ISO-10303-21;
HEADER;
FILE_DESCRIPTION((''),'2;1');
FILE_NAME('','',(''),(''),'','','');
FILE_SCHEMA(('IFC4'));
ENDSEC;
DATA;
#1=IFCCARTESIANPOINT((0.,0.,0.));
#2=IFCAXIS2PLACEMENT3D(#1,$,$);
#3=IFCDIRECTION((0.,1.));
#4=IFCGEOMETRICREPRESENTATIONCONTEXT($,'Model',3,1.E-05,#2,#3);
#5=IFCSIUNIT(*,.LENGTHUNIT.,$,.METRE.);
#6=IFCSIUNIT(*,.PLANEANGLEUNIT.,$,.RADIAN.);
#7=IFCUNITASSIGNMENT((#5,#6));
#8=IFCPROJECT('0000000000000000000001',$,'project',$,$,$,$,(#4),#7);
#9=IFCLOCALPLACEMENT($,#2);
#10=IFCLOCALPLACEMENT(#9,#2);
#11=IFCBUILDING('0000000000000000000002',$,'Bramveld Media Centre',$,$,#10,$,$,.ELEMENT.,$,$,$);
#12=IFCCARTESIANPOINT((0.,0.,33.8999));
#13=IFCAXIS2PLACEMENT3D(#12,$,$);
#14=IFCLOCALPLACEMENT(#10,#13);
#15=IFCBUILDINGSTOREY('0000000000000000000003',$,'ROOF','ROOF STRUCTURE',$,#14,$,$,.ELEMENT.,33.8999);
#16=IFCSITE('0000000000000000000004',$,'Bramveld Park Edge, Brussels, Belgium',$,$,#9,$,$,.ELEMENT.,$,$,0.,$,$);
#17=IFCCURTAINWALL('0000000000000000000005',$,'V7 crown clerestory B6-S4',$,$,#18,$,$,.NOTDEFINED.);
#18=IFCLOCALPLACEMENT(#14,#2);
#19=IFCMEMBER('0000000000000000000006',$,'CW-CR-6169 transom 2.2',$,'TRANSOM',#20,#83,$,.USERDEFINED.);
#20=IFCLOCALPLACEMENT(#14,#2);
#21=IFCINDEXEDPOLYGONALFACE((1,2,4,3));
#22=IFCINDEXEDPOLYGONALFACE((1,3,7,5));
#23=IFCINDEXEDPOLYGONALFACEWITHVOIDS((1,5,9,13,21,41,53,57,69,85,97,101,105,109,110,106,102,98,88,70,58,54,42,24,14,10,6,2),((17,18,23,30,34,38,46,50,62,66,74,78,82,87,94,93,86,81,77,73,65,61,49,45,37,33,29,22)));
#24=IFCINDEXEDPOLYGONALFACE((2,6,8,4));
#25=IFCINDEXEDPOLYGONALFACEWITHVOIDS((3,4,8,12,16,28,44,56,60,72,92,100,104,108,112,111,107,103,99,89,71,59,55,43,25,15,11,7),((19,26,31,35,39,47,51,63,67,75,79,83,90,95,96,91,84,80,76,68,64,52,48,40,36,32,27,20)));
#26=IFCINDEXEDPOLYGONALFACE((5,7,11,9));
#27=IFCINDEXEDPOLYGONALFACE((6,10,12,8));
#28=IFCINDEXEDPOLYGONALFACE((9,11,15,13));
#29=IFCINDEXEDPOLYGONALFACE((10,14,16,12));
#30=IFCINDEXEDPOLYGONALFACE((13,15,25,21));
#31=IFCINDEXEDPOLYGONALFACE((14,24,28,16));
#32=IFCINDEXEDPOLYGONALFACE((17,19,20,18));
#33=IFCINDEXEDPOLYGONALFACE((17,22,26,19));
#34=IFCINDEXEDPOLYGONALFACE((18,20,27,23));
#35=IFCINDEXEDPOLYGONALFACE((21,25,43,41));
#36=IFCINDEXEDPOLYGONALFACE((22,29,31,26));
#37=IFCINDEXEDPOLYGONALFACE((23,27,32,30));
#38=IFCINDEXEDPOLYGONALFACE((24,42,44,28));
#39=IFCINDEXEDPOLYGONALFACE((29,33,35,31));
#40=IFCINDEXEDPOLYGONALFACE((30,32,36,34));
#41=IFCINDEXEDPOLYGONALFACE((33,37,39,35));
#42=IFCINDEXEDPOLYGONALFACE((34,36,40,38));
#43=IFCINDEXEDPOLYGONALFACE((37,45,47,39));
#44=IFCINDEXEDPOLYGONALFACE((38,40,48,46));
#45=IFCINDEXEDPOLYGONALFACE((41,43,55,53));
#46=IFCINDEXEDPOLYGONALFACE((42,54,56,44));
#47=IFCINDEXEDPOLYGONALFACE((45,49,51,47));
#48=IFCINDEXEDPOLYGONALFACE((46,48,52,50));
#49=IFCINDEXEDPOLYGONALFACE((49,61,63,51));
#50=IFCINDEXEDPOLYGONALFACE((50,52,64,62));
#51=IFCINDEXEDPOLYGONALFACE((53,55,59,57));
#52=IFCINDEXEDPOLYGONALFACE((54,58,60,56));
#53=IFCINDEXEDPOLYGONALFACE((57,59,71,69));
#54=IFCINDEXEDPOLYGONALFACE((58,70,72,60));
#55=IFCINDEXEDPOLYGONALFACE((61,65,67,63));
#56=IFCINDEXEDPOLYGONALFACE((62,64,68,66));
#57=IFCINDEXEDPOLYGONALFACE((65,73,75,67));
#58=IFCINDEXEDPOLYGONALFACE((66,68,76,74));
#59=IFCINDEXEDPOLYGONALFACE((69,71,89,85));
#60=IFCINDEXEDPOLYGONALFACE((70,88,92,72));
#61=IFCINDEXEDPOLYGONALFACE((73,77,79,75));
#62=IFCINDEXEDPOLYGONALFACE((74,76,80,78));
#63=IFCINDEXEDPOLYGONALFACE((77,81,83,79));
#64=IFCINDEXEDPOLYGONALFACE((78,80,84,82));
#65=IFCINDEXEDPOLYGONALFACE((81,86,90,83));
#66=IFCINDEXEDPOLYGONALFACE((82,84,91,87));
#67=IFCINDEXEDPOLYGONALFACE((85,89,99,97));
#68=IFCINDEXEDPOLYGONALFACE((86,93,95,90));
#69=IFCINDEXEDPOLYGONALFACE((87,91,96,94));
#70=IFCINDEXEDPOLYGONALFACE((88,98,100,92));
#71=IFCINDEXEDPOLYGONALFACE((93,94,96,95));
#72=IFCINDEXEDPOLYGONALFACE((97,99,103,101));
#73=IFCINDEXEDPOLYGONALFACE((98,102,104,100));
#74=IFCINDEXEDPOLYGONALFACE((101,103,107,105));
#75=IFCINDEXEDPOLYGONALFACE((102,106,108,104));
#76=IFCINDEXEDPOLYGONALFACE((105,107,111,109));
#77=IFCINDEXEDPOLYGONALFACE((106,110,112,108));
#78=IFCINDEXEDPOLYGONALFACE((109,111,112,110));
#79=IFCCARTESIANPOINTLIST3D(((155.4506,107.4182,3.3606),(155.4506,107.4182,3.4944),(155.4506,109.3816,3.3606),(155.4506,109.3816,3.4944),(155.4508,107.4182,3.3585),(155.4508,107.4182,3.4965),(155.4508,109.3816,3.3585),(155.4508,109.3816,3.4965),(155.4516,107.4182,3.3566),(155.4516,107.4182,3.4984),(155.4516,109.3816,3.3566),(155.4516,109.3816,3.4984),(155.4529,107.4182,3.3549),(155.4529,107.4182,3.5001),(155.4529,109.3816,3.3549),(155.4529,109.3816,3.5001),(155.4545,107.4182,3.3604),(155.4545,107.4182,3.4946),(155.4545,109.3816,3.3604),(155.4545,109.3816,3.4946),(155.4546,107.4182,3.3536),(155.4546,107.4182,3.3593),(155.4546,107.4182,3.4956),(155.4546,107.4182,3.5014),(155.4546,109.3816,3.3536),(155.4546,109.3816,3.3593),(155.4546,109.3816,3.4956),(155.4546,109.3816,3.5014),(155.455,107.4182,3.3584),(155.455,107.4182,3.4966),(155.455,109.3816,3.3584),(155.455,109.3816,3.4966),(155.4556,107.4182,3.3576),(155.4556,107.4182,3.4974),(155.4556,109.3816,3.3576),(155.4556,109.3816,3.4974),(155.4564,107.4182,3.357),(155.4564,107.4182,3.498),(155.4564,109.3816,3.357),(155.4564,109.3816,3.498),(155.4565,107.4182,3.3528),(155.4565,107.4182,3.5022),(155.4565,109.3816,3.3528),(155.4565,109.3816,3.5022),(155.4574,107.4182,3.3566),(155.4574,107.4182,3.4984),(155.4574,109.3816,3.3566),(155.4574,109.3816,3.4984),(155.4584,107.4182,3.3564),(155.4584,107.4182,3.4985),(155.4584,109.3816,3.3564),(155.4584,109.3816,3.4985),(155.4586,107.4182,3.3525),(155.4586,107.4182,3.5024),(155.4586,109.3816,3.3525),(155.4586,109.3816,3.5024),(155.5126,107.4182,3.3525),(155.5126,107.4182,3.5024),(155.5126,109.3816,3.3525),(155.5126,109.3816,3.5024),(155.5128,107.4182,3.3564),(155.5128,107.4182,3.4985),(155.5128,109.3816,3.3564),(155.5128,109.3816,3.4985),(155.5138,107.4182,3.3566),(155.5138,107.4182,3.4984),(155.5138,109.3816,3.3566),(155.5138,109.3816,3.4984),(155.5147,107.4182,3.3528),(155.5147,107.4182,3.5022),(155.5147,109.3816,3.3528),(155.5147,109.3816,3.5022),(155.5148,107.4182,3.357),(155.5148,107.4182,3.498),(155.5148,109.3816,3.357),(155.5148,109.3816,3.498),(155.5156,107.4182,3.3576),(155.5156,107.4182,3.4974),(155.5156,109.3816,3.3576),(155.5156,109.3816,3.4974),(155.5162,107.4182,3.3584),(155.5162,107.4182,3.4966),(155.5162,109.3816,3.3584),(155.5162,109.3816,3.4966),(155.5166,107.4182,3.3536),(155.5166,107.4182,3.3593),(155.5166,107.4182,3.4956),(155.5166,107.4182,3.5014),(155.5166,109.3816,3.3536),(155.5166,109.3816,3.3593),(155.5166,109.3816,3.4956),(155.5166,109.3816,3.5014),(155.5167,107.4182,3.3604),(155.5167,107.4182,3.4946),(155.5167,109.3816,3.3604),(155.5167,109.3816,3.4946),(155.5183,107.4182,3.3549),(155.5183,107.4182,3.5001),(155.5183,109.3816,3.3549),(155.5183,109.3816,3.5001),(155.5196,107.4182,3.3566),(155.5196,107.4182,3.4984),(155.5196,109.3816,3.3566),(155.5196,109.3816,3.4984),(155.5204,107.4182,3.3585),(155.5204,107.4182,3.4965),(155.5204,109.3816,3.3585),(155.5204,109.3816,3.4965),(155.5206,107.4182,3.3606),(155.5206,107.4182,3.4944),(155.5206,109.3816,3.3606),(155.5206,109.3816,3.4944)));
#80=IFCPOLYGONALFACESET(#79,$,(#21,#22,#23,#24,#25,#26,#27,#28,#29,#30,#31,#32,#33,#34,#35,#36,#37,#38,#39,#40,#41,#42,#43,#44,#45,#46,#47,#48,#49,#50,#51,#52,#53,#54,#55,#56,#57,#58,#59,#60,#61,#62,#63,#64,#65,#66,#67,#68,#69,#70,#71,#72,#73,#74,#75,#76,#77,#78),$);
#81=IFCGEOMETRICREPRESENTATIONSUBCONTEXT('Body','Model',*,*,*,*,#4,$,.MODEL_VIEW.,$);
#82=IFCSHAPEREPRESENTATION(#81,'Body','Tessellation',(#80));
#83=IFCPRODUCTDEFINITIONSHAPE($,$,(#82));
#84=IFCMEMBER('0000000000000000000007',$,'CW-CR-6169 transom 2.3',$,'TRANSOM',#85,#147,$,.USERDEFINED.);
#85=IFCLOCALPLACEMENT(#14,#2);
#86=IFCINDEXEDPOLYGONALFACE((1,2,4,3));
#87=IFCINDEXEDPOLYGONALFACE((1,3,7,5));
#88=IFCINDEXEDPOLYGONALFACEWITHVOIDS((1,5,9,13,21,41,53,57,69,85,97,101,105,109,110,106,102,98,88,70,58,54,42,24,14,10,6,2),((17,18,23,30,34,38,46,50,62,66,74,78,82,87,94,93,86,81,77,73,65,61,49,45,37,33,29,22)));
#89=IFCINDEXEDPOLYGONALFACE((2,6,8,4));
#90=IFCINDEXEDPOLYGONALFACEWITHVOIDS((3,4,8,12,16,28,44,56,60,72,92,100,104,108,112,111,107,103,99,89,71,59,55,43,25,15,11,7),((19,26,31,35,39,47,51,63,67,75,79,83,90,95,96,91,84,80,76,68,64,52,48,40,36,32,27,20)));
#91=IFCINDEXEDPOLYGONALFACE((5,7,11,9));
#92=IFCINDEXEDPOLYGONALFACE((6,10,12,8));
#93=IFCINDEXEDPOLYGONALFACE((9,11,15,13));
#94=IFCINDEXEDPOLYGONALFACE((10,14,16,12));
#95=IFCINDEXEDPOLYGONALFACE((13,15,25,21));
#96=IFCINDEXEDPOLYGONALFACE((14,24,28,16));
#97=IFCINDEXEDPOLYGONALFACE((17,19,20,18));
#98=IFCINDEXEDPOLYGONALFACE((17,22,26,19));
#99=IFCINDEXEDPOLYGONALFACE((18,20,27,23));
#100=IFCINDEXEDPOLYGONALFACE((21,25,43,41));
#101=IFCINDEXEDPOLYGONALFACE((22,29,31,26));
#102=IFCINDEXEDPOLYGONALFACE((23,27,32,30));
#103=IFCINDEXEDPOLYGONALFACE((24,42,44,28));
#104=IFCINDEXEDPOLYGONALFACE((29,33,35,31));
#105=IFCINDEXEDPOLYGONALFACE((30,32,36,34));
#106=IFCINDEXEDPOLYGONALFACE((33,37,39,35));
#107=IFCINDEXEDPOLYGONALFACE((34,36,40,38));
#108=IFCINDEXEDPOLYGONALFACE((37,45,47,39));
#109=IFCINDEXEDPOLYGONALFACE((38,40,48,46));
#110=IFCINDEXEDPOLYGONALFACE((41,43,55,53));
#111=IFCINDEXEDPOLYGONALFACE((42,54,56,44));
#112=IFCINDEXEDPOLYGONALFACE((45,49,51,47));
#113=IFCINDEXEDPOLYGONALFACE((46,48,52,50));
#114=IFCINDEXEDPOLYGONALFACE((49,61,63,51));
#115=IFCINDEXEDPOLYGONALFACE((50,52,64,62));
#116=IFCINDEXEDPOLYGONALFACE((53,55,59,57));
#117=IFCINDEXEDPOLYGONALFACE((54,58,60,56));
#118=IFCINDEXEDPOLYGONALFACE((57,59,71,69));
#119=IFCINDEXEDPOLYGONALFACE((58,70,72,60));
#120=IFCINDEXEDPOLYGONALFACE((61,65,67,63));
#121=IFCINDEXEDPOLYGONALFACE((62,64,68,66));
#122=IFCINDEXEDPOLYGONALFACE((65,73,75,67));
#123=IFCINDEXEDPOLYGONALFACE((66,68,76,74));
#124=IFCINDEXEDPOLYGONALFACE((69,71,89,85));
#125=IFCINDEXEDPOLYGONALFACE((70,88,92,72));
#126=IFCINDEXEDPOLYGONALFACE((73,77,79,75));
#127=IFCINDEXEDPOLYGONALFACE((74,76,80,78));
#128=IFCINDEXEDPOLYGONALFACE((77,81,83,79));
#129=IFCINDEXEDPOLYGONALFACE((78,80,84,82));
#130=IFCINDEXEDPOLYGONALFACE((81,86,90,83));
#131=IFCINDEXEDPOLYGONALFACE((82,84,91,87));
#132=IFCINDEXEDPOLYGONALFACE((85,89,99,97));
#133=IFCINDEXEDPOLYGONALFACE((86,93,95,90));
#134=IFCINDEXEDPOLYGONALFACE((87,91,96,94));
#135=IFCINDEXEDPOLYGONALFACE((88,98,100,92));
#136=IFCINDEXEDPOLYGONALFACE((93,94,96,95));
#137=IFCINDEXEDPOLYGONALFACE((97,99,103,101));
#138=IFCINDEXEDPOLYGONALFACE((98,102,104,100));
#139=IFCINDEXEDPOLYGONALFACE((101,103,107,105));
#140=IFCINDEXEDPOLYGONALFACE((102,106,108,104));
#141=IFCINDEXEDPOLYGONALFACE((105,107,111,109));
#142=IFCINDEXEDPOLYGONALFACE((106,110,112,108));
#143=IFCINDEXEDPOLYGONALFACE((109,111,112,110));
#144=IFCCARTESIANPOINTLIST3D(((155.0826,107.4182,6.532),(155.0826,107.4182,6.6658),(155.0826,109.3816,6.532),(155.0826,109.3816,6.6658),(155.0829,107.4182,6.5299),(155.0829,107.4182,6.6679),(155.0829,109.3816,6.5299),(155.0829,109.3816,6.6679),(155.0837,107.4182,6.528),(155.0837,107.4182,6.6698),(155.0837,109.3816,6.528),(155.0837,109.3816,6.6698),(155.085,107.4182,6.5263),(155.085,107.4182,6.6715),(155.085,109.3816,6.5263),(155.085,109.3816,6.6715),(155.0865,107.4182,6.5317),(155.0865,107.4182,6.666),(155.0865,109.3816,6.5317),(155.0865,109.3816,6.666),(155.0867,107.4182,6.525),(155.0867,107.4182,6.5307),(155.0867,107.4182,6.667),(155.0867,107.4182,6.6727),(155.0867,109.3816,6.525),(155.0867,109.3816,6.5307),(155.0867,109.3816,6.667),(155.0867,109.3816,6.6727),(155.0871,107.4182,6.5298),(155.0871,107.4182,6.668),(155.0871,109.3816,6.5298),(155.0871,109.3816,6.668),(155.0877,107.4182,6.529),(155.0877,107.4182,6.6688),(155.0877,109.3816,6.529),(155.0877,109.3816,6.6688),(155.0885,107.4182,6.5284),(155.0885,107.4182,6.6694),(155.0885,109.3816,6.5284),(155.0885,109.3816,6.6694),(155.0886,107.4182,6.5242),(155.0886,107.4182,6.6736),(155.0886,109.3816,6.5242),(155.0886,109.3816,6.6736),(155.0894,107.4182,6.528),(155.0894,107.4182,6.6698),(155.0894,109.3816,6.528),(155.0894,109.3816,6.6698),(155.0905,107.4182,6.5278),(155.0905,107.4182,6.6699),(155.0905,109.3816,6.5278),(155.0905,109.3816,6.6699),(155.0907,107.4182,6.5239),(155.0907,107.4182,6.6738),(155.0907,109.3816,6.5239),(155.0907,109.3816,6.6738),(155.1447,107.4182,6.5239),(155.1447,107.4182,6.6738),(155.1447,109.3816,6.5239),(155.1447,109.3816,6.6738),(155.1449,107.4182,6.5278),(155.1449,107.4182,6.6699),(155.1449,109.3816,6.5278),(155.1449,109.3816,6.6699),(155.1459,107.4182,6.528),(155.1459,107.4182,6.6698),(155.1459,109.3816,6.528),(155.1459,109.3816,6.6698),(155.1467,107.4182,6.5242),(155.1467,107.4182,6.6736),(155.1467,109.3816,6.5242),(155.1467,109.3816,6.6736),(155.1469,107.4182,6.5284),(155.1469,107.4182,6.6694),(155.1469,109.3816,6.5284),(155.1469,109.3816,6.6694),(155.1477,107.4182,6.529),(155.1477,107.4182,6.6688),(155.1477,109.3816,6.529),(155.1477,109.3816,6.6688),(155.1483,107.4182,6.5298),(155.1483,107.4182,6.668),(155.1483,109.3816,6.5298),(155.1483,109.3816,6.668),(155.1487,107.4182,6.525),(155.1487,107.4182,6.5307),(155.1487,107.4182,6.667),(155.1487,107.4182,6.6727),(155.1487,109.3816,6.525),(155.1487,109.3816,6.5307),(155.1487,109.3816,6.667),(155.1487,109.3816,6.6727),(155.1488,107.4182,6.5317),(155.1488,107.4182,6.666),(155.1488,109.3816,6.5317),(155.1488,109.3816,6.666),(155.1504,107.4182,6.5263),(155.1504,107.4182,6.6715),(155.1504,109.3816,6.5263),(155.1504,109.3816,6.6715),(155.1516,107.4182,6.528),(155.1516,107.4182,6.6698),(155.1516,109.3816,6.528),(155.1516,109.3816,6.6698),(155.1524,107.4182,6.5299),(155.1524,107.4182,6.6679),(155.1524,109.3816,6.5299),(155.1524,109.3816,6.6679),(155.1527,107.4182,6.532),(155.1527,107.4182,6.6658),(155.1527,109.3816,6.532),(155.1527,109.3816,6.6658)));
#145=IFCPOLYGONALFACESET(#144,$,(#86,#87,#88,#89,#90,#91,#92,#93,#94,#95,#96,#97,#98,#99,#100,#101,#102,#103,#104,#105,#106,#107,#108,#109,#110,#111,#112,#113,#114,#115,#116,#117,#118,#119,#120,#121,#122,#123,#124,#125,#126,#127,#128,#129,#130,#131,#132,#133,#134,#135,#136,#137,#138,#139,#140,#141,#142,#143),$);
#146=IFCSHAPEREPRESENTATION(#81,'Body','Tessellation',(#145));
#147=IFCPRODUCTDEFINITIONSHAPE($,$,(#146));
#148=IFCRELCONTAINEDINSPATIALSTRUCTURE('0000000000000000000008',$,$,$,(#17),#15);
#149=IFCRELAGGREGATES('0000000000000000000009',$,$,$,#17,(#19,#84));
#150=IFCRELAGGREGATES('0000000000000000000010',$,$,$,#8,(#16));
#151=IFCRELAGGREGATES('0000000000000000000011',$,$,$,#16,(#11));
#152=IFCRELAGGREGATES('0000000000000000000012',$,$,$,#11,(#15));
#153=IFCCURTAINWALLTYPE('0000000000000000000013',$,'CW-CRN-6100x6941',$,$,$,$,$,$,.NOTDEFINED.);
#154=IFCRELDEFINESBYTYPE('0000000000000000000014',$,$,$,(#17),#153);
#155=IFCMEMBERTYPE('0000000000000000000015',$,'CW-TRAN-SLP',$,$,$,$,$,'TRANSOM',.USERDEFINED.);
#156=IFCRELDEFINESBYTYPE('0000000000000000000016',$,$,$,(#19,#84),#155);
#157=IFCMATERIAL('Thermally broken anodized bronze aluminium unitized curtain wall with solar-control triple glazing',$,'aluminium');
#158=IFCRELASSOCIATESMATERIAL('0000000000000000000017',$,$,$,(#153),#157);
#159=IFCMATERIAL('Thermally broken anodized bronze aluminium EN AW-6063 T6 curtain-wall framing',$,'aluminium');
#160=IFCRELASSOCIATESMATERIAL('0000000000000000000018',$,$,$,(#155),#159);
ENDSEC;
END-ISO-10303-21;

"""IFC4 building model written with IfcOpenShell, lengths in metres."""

from ifc_helpers import new_model, si_unit, direction, frame, origin, origin_2d, place, context, subcontext, project, spatial, hollow_rectangle, extrude, material, material_profile, profile_set, type_object, element, aggregate, save


model = new_model("IFC4")

# Units and contexts
model_context = context("Model", 3, precision=1e-05, world=origin(), true_north=direction((0.0, 1.0)))
body_context = subcontext(model_context, "Body", "Model", "MODEL_VIEW")
ifc_project = project(units=[si_unit("LENGTHUNIT", "METRE"), si_unit("PLANEANGLEUNIT", "RADIAN")], contexts=[model_context])

# Site, building, storey
site_placement = place(None, origin())
site = spatial("IfcSite", under=ifc_project, at=site_placement, Name="Bramveld Park Edge, Brussels, Belgium", CompositionType="ELEMENT", RefElevation=0.0)
building_placement = place(site_placement, origin())
building = spatial("IfcBuilding", under=site, at=building_placement, Name="Bramveld Media Centre", CompositionType="ELEMENT")
storey_placement = place(building_placement, frame((0.0, 0.0, 33.8999)))
storey = spatial("IfcBuildingStorey", under=building, at=storey_placement, Name="ROOF", Description="ROOF STRUCTURE", CompositionType="ELEMENT", Elevation=33.8999)

# Curtain wall
ifc_material_1 = material(Name="Thermally broken anodized bronze aluminium unitized curtain wall with solar-control triple glazing", Category="aluminium")
curtain_wall_type = type_object("IfcCurtainWallType", Name="CW-CRN-6100x6941", PredefinedType="NOTDEFINED", material=ifc_material_1)
curtain_wall_1_placement = place(storey_placement, origin())
curtain_wall_1 = element("IfcCurtainWall", 1, at=curtain_wall_1_placement, inside=storey, type_object=curtain_wall_type, Name="V7 crown clerestory B6-S4", PredefinedType="NOTDEFINED")

# Members
ifc_material_2 = material(Name="Thermally broken anodized bronze aluminium EN AW-6063 T6 curtain-wall framing", Category="aluminium")
ifc_material_profile_1 = material_profile(ifc_material_2, hollow_rectangle(XDim=0.0701, YDim=0.1499, WallThickness=0.0039, InnerFilletRadius=0.0039, OuterFilletRadius=0.0081, at=origin_2d()), Name="AL-TRAN 70x150")
ifc_profile_set_1 = profile_set([ifc_material_profile_1], Name="Thermally broken anodized bronze aluminium EN AW-6063 T6 curtain-wall framing")
member_type_1 = type_object("IfcMemberType", Name="CW-TRAN-SLP", ElementType="TRANSOM", PredefinedType="USERDEFINED", material=ifc_profile_set_1)
member_1_placement = place(storey_placement, frame((155.4856, 107.4182, 3.4275), z_axis=(0.0, 1.0, 0.0), x_axis=(-1.0, 0.0, 0.0)))
member_1 = element("IfcMember", 2, at=member_1_placement, type_object=member_type_1, Name="CW-CR-6169 transom 2.2", ObjectType="TRANSOM", PredefinedType="USERDEFINED", context=body_context, shape_type="SweptSolid", body=[
    extrude(hollow_rectangle(XDim=0.0701, YDim=0.1499, WallThickness=0.0039, InnerFilletRadius=0.0039, OuterFilletRadius=0.0081, at=origin_2d()), origin(), (0.0, 0.0, 1.0), 1.9634),
])
member_2_placement = place(storey_placement, frame((155.1177, 107.4182, 6.5989), z_axis=(0.0, 1.0, 0.0), x_axis=(-1.0, 0.0, 0.0)))
member_2 = element("IfcMember", 3, at=member_2_placement, type_object=member_type_1, Name="CW-CR-6169 transom 2.3", ObjectType="TRANSOM", PredefinedType="USERDEFINED", context=body_context, shape_type="SweptSolid", body=[
    extrude(hollow_rectangle(XDim=0.0701, YDim=0.1499, WallThickness=0.0039, InnerFilletRadius=0.0039, OuterFilletRadius=0.0081, at=origin_2d()), origin(), (0.0, 0.0, 1.0), 1.9634),
])

aggregate(curtain_wall_1, [member_1, member_2])

save(model, "model.ifc")
